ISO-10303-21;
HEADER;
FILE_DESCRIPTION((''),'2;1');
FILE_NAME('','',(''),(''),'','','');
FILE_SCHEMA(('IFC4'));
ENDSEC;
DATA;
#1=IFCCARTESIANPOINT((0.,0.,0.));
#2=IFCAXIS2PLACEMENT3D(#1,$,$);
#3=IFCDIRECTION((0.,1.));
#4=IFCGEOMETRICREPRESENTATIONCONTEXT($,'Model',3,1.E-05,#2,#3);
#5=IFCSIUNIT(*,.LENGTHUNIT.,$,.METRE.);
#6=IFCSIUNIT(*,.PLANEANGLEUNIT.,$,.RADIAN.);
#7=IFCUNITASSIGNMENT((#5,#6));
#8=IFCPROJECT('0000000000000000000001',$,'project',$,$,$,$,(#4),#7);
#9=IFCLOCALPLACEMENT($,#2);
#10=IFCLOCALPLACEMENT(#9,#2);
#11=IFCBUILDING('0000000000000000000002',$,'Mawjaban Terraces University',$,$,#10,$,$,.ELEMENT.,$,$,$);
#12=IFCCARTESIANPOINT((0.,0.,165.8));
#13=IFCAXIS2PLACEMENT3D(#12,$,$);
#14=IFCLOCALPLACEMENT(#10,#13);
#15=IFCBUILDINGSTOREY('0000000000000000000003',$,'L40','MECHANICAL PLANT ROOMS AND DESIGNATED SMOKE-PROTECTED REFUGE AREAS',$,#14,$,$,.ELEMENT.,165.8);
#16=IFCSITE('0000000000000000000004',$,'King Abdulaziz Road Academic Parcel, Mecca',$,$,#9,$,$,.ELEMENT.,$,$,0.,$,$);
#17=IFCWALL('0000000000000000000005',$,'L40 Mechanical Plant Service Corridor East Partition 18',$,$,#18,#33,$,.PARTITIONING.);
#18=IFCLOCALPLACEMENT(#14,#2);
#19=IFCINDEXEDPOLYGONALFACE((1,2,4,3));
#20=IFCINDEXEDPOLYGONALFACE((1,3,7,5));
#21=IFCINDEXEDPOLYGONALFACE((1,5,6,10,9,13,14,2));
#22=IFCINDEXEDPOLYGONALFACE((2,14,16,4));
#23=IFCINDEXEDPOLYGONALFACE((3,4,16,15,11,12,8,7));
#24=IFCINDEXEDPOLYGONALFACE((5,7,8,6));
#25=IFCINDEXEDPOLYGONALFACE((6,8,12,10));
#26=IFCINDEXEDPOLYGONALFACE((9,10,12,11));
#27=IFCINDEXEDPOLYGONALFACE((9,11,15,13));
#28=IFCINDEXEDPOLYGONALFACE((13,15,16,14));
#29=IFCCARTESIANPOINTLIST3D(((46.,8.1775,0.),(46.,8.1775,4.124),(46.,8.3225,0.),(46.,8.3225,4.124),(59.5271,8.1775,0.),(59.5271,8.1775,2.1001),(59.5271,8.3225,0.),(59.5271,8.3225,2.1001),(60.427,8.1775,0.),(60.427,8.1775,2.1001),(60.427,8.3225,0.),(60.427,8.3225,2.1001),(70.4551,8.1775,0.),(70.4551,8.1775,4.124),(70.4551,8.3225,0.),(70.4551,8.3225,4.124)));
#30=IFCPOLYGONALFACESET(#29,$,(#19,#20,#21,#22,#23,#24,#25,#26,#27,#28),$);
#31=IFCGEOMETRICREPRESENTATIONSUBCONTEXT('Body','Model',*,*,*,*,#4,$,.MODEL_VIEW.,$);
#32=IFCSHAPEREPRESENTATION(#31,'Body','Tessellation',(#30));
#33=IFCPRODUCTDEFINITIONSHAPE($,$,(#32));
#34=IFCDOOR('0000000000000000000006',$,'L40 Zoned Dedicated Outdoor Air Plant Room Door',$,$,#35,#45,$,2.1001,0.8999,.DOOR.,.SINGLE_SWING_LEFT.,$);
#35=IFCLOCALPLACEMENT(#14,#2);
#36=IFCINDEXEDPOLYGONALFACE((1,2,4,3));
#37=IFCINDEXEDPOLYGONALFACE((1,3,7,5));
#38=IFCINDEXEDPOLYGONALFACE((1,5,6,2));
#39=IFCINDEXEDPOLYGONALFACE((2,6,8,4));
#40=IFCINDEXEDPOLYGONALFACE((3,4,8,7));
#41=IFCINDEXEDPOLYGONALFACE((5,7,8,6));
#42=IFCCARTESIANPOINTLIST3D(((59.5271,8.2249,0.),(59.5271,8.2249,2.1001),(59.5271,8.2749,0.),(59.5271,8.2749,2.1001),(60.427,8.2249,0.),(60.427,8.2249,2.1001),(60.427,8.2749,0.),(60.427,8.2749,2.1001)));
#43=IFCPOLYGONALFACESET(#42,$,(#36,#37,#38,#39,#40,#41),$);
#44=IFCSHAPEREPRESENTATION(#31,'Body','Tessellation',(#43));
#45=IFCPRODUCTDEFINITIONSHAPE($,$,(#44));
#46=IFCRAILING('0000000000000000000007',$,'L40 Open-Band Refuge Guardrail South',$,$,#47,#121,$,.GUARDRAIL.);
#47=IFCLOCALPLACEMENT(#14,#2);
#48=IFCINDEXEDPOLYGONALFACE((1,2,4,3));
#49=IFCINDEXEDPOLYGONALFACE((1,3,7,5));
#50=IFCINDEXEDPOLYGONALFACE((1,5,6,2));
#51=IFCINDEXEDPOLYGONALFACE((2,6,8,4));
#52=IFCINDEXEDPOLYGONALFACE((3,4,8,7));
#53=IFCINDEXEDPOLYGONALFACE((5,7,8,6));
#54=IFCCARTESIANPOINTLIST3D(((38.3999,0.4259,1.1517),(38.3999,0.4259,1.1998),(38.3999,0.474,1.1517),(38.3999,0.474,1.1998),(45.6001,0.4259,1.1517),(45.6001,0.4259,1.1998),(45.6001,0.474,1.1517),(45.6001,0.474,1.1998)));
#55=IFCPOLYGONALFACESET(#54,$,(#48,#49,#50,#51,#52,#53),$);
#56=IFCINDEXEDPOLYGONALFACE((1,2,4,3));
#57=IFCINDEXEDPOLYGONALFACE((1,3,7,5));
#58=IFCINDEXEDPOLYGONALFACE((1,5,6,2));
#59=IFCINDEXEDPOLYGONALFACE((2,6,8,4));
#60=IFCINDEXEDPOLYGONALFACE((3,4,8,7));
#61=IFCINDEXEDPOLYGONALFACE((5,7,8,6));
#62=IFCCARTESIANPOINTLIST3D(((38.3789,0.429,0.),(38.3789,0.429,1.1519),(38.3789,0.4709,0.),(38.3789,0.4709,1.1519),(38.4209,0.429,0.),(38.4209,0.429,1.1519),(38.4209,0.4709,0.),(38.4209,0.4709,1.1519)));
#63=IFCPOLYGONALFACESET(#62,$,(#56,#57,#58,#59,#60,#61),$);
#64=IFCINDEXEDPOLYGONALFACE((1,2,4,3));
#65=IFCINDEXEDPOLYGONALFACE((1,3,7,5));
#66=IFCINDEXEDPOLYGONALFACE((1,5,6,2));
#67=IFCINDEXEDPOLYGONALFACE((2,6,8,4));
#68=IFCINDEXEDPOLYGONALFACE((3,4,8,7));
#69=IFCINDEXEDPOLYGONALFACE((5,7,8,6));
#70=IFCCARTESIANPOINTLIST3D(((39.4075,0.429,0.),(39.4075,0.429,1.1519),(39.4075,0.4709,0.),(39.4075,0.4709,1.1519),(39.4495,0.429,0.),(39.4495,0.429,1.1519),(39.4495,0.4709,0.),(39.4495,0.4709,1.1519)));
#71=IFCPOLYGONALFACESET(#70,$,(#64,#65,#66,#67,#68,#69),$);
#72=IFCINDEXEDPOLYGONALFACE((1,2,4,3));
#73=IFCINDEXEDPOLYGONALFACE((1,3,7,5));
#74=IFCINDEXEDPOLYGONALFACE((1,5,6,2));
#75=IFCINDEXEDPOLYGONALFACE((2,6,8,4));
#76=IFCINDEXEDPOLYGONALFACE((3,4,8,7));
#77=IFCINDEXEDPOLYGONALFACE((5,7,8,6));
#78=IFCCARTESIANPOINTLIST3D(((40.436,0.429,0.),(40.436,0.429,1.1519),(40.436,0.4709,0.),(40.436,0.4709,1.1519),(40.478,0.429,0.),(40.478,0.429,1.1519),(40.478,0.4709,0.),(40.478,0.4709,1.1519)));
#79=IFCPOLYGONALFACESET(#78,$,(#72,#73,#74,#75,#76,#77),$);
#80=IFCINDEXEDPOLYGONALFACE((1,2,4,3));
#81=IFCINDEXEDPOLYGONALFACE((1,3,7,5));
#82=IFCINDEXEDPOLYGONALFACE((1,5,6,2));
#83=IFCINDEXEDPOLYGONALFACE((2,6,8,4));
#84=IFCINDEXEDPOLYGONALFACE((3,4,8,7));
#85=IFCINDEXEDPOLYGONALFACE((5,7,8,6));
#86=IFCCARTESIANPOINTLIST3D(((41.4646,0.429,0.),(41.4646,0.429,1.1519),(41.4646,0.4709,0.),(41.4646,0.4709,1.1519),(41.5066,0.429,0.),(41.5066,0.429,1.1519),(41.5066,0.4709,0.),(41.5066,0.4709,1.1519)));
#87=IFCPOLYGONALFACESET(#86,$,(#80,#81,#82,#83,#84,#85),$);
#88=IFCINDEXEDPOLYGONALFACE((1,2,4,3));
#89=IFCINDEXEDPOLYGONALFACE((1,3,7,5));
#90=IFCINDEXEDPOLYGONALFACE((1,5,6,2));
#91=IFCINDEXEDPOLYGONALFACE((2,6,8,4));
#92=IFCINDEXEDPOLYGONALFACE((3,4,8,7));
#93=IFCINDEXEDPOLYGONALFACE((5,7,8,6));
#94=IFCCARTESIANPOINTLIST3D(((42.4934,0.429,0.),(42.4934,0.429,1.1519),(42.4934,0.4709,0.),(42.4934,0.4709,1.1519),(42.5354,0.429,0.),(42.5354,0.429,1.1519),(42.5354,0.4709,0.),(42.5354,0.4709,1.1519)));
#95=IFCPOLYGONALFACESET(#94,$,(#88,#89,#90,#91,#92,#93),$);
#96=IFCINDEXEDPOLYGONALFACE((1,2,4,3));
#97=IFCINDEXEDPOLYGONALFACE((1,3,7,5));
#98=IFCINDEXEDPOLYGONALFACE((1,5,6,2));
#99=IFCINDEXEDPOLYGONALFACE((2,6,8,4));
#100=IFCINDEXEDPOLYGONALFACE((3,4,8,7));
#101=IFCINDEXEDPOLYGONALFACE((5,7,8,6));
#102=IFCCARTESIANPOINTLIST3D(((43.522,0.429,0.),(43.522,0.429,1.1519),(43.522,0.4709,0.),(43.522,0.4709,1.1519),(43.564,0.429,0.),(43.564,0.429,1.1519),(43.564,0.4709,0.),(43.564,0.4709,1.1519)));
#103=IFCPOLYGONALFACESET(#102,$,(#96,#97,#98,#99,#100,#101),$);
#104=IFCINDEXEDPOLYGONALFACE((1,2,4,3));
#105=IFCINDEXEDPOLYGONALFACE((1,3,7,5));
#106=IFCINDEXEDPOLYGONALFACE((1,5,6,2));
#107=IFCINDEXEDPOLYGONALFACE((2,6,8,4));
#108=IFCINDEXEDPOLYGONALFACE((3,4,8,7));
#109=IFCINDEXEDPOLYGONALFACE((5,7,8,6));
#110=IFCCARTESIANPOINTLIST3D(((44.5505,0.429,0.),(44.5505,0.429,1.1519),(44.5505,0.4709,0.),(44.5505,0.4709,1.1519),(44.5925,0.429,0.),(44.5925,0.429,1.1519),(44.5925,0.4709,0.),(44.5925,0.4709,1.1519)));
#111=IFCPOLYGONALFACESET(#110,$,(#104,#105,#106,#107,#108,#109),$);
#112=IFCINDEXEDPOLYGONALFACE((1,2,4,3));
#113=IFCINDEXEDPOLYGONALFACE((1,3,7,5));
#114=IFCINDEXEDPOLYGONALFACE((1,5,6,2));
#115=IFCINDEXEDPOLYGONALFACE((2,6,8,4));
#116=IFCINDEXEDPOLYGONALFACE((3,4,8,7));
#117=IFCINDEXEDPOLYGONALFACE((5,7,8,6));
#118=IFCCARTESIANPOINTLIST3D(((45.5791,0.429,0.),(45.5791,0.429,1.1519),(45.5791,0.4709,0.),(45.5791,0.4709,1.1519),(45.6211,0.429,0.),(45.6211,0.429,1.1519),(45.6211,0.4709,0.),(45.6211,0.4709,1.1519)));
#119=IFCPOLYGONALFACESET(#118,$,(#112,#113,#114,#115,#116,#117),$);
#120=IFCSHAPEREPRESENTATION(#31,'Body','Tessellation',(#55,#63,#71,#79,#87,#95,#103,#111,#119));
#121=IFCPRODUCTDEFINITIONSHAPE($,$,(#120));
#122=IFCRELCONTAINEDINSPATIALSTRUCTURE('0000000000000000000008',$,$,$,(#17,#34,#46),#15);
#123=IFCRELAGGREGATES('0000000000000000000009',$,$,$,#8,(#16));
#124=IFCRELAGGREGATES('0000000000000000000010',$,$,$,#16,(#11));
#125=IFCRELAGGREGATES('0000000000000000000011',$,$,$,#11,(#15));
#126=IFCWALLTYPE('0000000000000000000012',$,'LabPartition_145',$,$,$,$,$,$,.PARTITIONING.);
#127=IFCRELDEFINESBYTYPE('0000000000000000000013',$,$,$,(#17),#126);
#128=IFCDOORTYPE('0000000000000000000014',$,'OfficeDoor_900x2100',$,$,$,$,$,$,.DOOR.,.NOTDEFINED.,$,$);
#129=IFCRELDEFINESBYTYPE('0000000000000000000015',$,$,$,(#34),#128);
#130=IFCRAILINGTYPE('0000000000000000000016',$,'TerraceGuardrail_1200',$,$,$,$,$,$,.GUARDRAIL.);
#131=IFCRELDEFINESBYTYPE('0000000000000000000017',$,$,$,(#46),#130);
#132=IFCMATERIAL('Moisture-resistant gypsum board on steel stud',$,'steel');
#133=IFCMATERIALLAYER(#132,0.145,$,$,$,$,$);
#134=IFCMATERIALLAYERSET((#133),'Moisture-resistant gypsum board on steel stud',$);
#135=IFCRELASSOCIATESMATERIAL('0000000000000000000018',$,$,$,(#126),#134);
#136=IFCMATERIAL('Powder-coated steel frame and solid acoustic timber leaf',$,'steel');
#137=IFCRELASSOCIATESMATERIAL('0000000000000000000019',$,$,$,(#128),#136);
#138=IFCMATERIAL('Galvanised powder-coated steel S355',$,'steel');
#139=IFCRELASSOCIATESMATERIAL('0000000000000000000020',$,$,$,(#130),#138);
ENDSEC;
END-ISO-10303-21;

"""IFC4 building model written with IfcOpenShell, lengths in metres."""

from ifc_helpers import new_model, si_unit, direction, frame, frame_2d, origin, origin_2d, place, context, subcontext, project, spatial, rectangle, extrude, material, layer, layer_set, type_object, element, fill, save


model = new_model("IFC4")

# Units and contexts
model_context = context("Model", 3, precision=1e-05, world=origin(), true_north=direction((0.0, 1.0)))
body_context = subcontext(model_context, "Body", "Model", "MODEL_VIEW")
ifc_project = project(units=[si_unit("LENGTHUNIT", "METRE"), si_unit("PLANEANGLEUNIT", "RADIAN")], contexts=[model_context])

# Site, building, storey
site_placement = place(None, origin())
site = spatial("IfcSite", under=ifc_project, at=site_placement, Name="King Abdulaziz Road Academic Parcel, Mecca", CompositionType="ELEMENT", RefElevation=0.0)
building_placement = place(site_placement, origin())
building = spatial("IfcBuilding", under=site, at=building_placement, Name="Mawjaban Terraces University", CompositionType="ELEMENT")
storey_placement = place(building_placement, frame((0.0, 0.0, 165.8)))
storey = spatial("IfcBuildingStorey", under=building, at=storey_placement, Name="L40", Description="MECHANICAL PLANT ROOMS AND DESIGNATED SMOKE-PROTECTED REFUGE AREAS", CompositionType="ELEMENT", Elevation=165.8)

# Wall, opening, door
ifc_material_1 = material(Name="Moisture-resistant gypsum board on steel stud", Category="steel")
ifc_layer_1 = layer(ifc_material_1, 0.145)
ifc_layer_set_1 = layer_set([ifc_layer_1], Name="Moisture-resistant gypsum board on steel stud")
wall_type_1 = type_object("IfcWallType", Name="LabPartition_145", PredefinedType="PARTITIONING", material=ifc_layer_set_1)
wall_1_placement = place(storey_placement, frame((46.0, 8.25, 0.0), z_axis=(0.0, 0.0, 1.0), x_axis=(1.0, 0.0, 0.0)))
wall_1 = element("IfcWall", 1, at=wall_1_placement, inside=storey, type_object=wall_type_1, Name="L40 Mechanical Plant Service Corridor East Partition 18", PredefinedType="PARTITIONING", context=body_context, shape_type="SweptSolid", body=[
    extrude(rectangle(XDim=24.4551, YDim=0.145, at=frame_2d((12.2275, 0.0))), origin(), (0.0, 0.0, 1.0), 4.124),
])
opening_1_placement = place(wall_1_placement, frame((13.5271, 0.0, 0.0)))
opening_1 = element("IfcOpeningElement", 2, at=opening_1_placement, cuts=wall_1, PredefinedType="OPENING", context=body_context, shape_type="SweptSolid", body=[
    extrude(rectangle(XDim=0.8999, YDim=2.1001, at=frame_2d((0.45, 1.05))), frame((0.0, 0.0825, 0.0), z_axis=(0.0, -1.0, 0.0), x_axis=(1.0, 0.0, 0.0)), (0.0, 0.0, 1.0), 0.165),
])
ifc_material_2 = material(Name="Powder-coated steel frame and solid acoustic timber leaf", Category="steel")
door_type_1 = type_object("IfcDoorType", Name="OfficeDoor_900x2100", OperationType="NOTDEFINED", PredefinedType="DOOR", material=ifc_material_2)
door_1_placement = place(opening_1_placement, origin())
door_1 = element("IfcDoor", 3, at=door_1_placement, inside=storey, type_object=door_type_1, Name="L40 Zoned Dedicated Outdoor Air Plant Room Door", OperationType="SINGLE_SWING_LEFT", OverallHeight=2.1001, OverallWidth=0.8999, PredefinedType="DOOR", context=body_context, shape_type="SweptSolid", body=[
    extrude(rectangle(XDim=0.8999, YDim=2.1001, at=frame_2d((0.45, 1.05))), frame((0.0, 0.0249, 0.0), z_axis=(0.0, -1.0, 0.0), x_axis=(1.0, 0.0, 0.0)), (0.0, 0.0, 1.0), 0.05),
])
fill(opening_1, door_1)

# Railing
ifc_material_3 = material(Name="Galvanised powder-coated steel S355", Category="steel")
railing_type = type_object("IfcRailingType", Name="TerraceGuardrail_1200", PredefinedType="GUARDRAIL", material=ifc_material_3)
railing_placement = place(storey_placement, frame((38.3999, 0.45, 0.0)))
element("IfcRailing", 4, at=railing_placement, inside=storey, type_object=railing_type, Name="L40 Open-Band Refuge Guardrail South", PredefinedType="GUARDRAIL", context=body_context, shape_type="SweptSolid", body=[
    extrude(rectangle(XDim=0.0481, YDim=0.0481, at=origin_2d()), frame((0.0, 0.0, 1.1758), z_axis=(1.0, 0.0, 0.0), x_axis=(0.0, 1.0, 0.0)), (0.0, 0.0, 1.0), 7.2002),
    extrude(rectangle(XDim=0.042, YDim=0.042, at=origin_2d()), origin(), (0.0, 0.0, 1.0), 1.1519),
    extrude(rectangle(XDim=0.042, YDim=0.042, at=origin_2d()), frame((1.0286, 0.0, 0.0)), (0.0, 0.0, 1.0), 1.1519),
    extrude(rectangle(XDim=0.042, YDim=0.042, at=origin_2d()), frame((2.0571, 0.0, 0.0)), (0.0, 0.0, 1.0), 1.1519),
    extrude(rectangle(XDim=0.042, YDim=0.042, at=origin_2d()), frame((3.0857, 0.0, 0.0)), (0.0, 0.0, 1.0), 1.1519),
    extrude(rectangle(XDim=0.042, YDim=0.042, at=origin_2d()), frame((4.1145, 0.0, 0.0)), (0.0, 0.0, 1.0), 1.1519),
    extrude(rectangle(XDim=0.042, YDim=0.042, at=origin_2d()), frame((5.1431, 0.0, 0.0)), (0.0, 0.0, 1.0), 1.1519),
    extrude(rectangle(XDim=0.042, YDim=0.042, at=origin_2d()), frame((6.1716, 0.0, 0.0)), (0.0, 0.0, 1.0), 1.1519),
    extrude(rectangle(XDim=0.042, YDim=0.042, at=origin_2d()), frame((7.2002, 0.0, 0.0)), (0.0, 0.0, 1.0), 1.1519),
])

save(model, "model.ifc")
